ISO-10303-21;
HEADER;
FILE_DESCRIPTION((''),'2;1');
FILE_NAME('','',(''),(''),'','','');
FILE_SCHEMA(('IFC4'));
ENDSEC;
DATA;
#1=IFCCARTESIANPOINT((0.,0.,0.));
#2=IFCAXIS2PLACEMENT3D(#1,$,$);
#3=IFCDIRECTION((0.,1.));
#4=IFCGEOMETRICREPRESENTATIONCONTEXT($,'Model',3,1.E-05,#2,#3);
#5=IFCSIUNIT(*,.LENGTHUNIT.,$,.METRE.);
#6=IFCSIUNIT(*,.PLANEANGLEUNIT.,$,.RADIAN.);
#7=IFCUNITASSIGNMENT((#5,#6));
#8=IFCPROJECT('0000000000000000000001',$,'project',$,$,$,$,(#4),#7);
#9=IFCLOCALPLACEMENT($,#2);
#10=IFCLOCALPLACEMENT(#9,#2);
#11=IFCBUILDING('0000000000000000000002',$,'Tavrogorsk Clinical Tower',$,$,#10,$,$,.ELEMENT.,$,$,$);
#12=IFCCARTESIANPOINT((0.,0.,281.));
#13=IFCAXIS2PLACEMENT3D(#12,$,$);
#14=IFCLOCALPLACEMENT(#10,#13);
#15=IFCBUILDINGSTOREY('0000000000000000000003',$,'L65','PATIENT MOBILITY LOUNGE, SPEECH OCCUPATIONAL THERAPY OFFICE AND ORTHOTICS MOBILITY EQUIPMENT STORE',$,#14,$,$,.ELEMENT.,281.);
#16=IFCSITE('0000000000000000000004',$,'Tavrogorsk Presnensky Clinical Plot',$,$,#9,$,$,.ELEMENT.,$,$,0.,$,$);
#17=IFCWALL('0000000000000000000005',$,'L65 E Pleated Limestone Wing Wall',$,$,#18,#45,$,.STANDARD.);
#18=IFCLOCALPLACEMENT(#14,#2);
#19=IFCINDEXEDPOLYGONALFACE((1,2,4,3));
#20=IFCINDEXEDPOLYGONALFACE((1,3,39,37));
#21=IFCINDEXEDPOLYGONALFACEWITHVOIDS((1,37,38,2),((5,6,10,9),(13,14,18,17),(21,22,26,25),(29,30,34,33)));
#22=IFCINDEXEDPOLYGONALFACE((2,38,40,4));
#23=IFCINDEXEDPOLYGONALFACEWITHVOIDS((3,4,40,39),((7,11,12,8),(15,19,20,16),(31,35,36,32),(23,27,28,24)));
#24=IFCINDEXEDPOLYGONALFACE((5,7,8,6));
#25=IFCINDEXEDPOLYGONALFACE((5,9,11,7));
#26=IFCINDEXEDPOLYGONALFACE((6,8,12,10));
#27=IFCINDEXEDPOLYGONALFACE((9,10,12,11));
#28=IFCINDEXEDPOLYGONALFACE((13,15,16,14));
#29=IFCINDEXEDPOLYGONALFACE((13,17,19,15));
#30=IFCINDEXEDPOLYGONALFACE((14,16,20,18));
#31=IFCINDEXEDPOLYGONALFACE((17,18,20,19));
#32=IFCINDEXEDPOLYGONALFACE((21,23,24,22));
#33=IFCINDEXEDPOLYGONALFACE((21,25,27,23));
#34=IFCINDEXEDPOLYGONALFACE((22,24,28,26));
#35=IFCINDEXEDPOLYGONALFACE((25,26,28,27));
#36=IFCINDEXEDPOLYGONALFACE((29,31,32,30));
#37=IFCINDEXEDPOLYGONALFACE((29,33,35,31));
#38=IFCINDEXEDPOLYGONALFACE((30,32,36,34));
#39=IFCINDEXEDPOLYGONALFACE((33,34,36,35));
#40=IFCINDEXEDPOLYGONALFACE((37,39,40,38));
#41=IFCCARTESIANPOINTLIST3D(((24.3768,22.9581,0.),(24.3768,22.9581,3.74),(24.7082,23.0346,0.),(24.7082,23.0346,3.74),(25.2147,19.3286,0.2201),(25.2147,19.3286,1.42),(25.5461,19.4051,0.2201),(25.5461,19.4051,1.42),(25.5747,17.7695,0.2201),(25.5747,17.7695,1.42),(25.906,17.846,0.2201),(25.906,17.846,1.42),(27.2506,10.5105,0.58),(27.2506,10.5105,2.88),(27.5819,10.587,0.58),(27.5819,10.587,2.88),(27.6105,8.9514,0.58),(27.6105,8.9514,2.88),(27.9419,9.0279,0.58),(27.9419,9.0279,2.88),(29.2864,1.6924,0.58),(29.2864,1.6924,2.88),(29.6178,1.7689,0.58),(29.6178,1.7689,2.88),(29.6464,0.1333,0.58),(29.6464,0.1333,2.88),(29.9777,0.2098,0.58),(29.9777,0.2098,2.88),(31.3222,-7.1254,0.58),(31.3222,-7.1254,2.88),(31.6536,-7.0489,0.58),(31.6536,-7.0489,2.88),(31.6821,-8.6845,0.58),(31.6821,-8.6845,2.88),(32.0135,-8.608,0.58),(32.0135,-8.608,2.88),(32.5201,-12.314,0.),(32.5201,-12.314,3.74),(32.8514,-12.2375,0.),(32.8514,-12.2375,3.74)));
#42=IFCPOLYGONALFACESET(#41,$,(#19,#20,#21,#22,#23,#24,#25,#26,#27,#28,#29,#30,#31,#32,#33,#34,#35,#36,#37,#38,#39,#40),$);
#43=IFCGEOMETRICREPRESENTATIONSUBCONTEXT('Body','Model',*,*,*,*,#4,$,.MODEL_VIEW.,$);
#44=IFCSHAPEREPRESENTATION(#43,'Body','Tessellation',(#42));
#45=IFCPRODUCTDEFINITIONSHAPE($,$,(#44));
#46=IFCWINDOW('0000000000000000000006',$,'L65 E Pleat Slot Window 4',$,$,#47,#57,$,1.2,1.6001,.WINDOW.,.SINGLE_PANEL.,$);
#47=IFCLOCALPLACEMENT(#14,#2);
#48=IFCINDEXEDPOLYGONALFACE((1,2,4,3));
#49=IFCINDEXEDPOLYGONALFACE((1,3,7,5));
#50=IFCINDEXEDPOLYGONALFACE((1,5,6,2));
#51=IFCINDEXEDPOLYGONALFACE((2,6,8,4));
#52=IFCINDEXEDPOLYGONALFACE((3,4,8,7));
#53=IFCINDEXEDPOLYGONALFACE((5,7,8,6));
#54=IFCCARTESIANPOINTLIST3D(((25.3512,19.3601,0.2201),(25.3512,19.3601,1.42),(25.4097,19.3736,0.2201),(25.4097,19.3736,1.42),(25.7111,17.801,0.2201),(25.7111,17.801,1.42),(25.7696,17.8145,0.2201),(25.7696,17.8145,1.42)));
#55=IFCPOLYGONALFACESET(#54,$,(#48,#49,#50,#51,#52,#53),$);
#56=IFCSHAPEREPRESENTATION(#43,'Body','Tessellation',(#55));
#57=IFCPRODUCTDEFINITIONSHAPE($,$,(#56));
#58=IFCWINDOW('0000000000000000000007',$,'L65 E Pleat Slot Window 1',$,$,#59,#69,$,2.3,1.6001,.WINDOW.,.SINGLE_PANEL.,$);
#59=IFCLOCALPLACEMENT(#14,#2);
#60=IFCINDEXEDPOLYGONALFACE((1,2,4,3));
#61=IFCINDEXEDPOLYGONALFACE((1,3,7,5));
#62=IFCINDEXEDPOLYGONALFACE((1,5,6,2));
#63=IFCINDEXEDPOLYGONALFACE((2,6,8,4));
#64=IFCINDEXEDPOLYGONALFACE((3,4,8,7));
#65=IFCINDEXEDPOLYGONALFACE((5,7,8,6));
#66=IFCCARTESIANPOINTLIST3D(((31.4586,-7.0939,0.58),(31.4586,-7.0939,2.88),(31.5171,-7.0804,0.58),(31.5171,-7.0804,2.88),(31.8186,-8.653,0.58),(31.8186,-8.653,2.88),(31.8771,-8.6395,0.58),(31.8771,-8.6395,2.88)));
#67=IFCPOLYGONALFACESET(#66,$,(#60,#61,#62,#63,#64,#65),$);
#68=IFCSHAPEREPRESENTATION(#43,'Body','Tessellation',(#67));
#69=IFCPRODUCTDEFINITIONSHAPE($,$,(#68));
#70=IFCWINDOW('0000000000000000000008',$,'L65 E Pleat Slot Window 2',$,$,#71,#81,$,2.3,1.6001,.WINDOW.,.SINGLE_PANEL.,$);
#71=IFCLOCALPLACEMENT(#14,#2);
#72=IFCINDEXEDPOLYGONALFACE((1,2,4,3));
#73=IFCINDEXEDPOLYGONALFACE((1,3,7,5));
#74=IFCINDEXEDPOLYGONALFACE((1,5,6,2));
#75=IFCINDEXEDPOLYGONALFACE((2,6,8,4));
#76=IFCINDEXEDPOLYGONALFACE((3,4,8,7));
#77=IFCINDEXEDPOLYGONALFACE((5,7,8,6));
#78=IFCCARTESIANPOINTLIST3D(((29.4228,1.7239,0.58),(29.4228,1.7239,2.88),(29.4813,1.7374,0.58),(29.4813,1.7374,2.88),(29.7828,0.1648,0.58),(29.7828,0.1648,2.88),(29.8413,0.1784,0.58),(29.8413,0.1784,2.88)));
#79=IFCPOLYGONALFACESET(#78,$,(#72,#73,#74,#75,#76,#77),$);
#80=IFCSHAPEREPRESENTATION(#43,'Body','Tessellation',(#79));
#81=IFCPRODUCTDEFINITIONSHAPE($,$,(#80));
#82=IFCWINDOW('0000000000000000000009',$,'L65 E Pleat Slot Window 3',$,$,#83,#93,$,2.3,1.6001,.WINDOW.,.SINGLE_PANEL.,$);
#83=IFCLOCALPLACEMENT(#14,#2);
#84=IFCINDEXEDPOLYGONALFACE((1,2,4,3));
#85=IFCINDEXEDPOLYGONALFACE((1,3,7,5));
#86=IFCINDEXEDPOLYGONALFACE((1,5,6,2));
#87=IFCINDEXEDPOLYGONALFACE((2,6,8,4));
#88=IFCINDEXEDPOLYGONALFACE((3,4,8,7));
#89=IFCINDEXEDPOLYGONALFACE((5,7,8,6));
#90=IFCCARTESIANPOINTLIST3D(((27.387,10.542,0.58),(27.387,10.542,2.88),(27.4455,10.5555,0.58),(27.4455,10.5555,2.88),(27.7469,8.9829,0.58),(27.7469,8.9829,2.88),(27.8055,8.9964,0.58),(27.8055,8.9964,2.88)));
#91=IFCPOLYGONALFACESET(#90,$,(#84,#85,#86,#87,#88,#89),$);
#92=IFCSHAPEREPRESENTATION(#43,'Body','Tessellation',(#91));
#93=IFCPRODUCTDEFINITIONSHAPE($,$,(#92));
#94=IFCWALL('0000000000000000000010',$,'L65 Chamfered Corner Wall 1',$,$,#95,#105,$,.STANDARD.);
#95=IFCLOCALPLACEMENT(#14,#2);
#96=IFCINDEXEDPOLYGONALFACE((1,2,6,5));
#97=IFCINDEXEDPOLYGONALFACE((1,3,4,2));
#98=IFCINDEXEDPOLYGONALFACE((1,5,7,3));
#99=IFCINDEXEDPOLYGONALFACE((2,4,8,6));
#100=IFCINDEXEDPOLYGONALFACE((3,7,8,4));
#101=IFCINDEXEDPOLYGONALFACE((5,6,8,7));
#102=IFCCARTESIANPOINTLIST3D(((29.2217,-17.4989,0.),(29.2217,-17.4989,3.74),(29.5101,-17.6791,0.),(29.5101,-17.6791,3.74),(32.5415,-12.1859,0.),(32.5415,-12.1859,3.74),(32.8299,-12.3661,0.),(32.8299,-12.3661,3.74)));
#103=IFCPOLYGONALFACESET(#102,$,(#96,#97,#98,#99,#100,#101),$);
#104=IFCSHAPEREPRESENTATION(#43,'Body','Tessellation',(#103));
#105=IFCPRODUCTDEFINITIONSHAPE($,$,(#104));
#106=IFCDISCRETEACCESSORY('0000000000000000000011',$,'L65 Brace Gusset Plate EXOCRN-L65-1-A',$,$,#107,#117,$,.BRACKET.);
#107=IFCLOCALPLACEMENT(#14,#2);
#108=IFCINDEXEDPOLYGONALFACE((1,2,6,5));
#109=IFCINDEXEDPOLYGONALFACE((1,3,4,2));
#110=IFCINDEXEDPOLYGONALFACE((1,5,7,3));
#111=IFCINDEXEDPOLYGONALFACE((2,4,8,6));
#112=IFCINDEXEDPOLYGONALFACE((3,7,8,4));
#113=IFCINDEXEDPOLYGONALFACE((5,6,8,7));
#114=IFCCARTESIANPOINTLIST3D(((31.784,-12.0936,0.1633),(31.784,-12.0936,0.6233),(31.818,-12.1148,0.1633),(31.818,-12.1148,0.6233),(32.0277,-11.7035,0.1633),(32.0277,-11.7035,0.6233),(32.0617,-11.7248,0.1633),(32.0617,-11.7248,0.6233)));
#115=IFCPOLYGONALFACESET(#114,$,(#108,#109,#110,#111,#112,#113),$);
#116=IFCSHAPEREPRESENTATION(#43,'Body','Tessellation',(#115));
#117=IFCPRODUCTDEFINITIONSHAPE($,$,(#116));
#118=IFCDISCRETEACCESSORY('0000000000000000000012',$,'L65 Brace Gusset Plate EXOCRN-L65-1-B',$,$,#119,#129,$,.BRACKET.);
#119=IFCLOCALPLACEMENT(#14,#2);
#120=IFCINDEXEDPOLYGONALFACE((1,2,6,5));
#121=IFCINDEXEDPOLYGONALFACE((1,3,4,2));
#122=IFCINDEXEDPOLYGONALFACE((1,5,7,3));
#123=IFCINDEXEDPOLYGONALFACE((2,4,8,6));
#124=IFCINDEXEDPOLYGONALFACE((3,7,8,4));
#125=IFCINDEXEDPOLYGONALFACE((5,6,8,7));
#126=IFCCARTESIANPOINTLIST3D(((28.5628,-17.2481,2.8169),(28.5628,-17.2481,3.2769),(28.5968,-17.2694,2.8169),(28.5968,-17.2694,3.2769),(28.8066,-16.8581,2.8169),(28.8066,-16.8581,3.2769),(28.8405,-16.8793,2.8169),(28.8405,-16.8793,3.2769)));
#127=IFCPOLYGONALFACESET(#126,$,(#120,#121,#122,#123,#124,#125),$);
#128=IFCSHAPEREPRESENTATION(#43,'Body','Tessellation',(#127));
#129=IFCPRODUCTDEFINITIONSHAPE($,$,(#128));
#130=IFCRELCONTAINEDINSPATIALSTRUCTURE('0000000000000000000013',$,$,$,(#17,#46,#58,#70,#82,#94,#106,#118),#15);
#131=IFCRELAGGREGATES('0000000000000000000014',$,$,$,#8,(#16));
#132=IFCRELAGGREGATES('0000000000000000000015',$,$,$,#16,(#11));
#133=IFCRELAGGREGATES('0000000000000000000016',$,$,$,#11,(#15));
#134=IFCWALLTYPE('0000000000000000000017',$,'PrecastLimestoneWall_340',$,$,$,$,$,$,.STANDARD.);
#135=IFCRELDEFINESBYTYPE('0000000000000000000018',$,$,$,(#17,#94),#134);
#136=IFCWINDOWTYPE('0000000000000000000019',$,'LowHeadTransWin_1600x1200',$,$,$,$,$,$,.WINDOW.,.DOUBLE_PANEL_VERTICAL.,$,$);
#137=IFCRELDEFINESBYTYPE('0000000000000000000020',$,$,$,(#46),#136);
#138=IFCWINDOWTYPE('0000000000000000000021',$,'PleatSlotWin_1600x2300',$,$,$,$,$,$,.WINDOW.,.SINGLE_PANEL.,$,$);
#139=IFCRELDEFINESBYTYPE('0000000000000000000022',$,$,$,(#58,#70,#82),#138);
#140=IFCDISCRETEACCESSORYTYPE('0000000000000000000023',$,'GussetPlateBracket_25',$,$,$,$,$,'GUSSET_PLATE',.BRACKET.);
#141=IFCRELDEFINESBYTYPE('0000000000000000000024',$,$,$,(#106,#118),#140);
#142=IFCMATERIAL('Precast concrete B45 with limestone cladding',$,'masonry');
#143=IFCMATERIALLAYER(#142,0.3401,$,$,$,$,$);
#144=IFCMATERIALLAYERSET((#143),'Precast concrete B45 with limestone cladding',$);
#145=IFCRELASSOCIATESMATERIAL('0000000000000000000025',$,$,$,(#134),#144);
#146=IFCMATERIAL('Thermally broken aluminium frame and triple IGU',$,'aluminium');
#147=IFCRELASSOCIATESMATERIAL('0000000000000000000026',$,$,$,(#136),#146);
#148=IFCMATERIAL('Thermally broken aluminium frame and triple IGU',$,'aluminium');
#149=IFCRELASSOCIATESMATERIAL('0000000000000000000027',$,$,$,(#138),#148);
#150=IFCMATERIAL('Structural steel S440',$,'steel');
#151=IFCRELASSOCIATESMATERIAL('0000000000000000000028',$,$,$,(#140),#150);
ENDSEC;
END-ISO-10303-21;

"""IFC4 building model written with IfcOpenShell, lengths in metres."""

from ifc_helpers import new_model, si_unit, direction, frame, frame_2d, origin, origin_2d, place, context, subcontext, project, spatial, rectangle, extrude, material, layer, layer_set, type_object, element, fill, save


model = new_model("IFC4")

# Units and contexts
model_context = context("Model", 3, precision=1e-05, world=origin(), true_north=direction((0.0, 1.0)))
body_context = subcontext(model_context, "Body", "Model", "MODEL_VIEW")
ifc_project = project(units=[si_unit("LENGTHUNIT", "METRE"), si_unit("PLANEANGLEUNIT", "RADIAN")], contexts=[model_context])

# Site, building, storey
site_placement = place(None, origin())
site = spatial("IfcSite", under=ifc_project, at=site_placement, Name="Tavrogorsk Presnensky Clinical Plot", CompositionType="ELEMENT", RefElevation=0.0)
building_placement = place(site_placement, origin())
building = spatial("IfcBuilding", under=site, at=building_placement, Name="Tavrogorsk Clinical Tower", CompositionType="ELEMENT")
storey_placement = place(building_placement, frame((0.0, 0.0, 281.0)))
storey = spatial("IfcBuildingStorey", under=building, at=storey_placement, Name="L65", Description="PATIENT MOBILITY LOUNGE, SPEECH OCCUPATIONAL THERAPY OFFICE AND ORTHOTICS MOBILITY EQUIPMENT STORE", CompositionType="ELEMENT", Elevation=281.0)

# Wall, openings, windows
ifc_material_1 = material(Name="Precast concrete B45 with limestone cladding", Category="masonry")
ifc_layer_1 = layer(ifc_material_1, 0.3401)
ifc_layer_set_1 = layer_set([ifc_layer_1], Name="Precast concrete B45 with limestone cladding")
wall_type_1 = type_object("IfcWallType", Name="PrecastLimestoneWall_340", PredefinedType="STANDARD", material=ifc_layer_set_1)
wall_1_placement = place(storey_placement, frame((32.6858, -12.2759, 0.0), z_axis=(0.0, 0.0, 1.0), x_axis=(-0.224953, 0.97437, 0.0)))
wall_1 = element("IfcWall", 1, at=wall_1_placement, inside=storey, type_object=wall_type_1, Name="L65 E Pleated Limestone Wing Wall", PredefinedType="STANDARD", context=body_context, shape_type="SweptSolid", body=[
    extrude(rectangle(XDim=36.2, YDim=0.3401, at=frame_2d((18.1001, 0.0))), origin(), (0.0, 0.0, 1.0), 3.74),
])
opening_1_placement = place(wall_1_placement, frame((3.7251, 0.0, 0.5801)))
opening_1 = element("IfcOpeningElement", 2, at=opening_1_placement, cuts=wall_1, PredefinedType="OPENING", context=body_context, shape_type="SweptSolid", body=[
    extrude(rectangle(XDim=1.6001, YDim=2.3, at=frame_2d((0.8, 1.1499))), frame((0.0, 0.1799, 0.0), z_axis=(0.0, -1.0, 0.0), x_axis=(1.0, 0.0, 0.0)), (0.0, 0.0, 1.0), 0.3601),
])
opening_2_placement = place(wall_1_placement, frame((12.7749, 0.0, 0.5801)))
opening_2 = element("IfcOpeningElement", 3, at=opening_2_placement, cuts=wall_1, PredefinedType="OPENING", context=body_context, shape_type="SweptSolid", body=[
    extrude(rectangle(XDim=1.6001, YDim=2.3, at=frame_2d((0.8, 1.1499))), frame((0.0, 0.1799, 0.0), z_axis=(0.0, -1.0, 0.0), x_axis=(1.0, 0.0, 0.0)), (0.0, 0.0, 1.0), 0.3601),
])
opening_3_placement = place(wall_1_placement, frame((21.825, 0.0, 0.5801)))
opening_3 = element("IfcOpeningElement", 4, at=opening_3_placement, cuts=wall_1, PredefinedType="OPENING", context=body_context, shape_type="SweptSolid", body=[
    extrude(rectangle(XDim=1.6001, YDim=2.3, at=frame_2d((0.8, 1.1499))), frame((0.0, 0.1799, 0.0), z_axis=(0.0, -1.0, 0.0), x_axis=(1.0, 0.0, 0.0)), (0.0, 0.0, 1.0), 0.3601),
])
opening_4_placement = place(wall_1_placement, frame((30.875, 0.0, 0.22)))
opening_4 = element("IfcOpeningElement", 5, at=opening_4_placement, cuts=wall_1, PredefinedType="OPENING", context=body_context, shape_type="SweptSolid", body=[
    extrude(rectangle(XDim=1.6001, YDim=1.2, at=frame_2d((0.8, 0.6001))), frame((0.0, 0.1799, 0.0), z_axis=(0.0, -1.0, 0.0), x_axis=(1.0, 0.0, 0.0)), (0.0, 0.0, 1.0), 0.3601),
])
ifc_material_2 = material(Name="Thermally broken aluminium frame and triple IGU", Category="aluminium")
window_type_1 = type_object("IfcWindowType", Name="LowHeadTransWin_1600x1200", PartitioningType="DOUBLE_PANEL_VERTICAL", PredefinedType="WINDOW", material=ifc_material_2)
window_1_placement = place(opening_4_placement, origin())
window_1 = element("IfcWindow", 6, at=window_1_placement, inside=storey, type_object=window_type_1, Name="L65 E Pleat Slot Window 4", OverallHeight=1.2, OverallWidth=1.6001, PartitioningType="SINGLE_PANEL", PredefinedType="WINDOW", context=body_context, shape_type="SweptSolid", body=[
    extrude(rectangle(XDim=1.6001, YDim=1.2, at=frame_2d((0.8, 0.6001))), frame((0.0, 0.03, 0.0), z_axis=(0.0, -1.0, 0.0), x_axis=(1.0, 0.0, 0.0)), (0.0, 0.0, 1.0), 0.0601),
])
fill(opening_4, window_1)
ifc_material_3 = material(Name="Thermally broken aluminium frame and triple IGU", Category="aluminium")
window_type_2 = type_object("IfcWindowType", Name="PleatSlotWin_1600x2300", PartitioningType="SINGLE_PANEL", PredefinedType="WINDOW", material=ifc_material_3)
window_2_placement = place(opening_1_placement, origin())
window_2 = element("IfcWindow", 7, at=window_2_placement, inside=storey, type_object=window_type_2, Name="L65 E Pleat Slot Window 1", OverallHeight=2.3, OverallWidth=1.6001, PartitioningType="SINGLE_PANEL", PredefinedType="WINDOW", context=body_context, shape_type="SweptSolid", body=[
    extrude(rectangle(XDim=1.6001, YDim=2.3, at=frame_2d((0.8, 1.1499))), frame((0.0, 0.03, 0.0), z_axis=(0.0, -1.0, 0.0), x_axis=(1.0, 0.0, 0.0)), (0.0, 0.0, 1.0), 0.0601),
])
fill(opening_1, window_2)
window_3_placement = place(opening_2_placement, origin())
window_3 = element("IfcWindow", 8, at=window_3_placement, inside=storey, type_object=window_type_2, Name="L65 E Pleat Slot Window 2", OverallHeight=2.3, OverallWidth=1.6001, PartitioningType="SINGLE_PANEL", PredefinedType="WINDOW", context=body_context, shape_type="SweptSolid", body=[
    extrude(rectangle(XDim=1.6001, YDim=2.3, at=frame_2d((0.8, 1.1499))), frame((0.0, 0.03, 0.0), z_axis=(0.0, -1.0, 0.0), x_axis=(1.0, 0.0, 0.0)), (0.0, 0.0, 1.0), 0.0601),
])
fill(opening_2, window_3)
window_4_placement = place(opening_3_placement, origin())
window_4 = element("IfcWindow", 9, at=window_4_placement, inside=storey, type_object=window_type_2, Name="L65 E Pleat Slot Window 3", OverallHeight=2.3, OverallWidth=1.6001, PartitioningType="SINGLE_PANEL", PredefinedType="WINDOW", context=body_context, shape_type="SweptSolid", body=[
    extrude(rectangle(XDim=1.6001, YDim=2.3, at=frame_2d((0.8, 1.1499))), frame((0.0, 0.03, 0.0), z_axis=(0.0, -1.0, 0.0), x_axis=(1.0, 0.0, 0.0)), (0.0, 0.0, 1.0), 0.0601),
])
fill(opening_3, window_4)

# Wall
wall_2_placement = place(storey_placement, frame((29.366, -17.5889, 0.0), z_axis=(0.0, 0.0, 1.0), x_axis=(0.529908, 0.848055, 0.0)))
element("IfcWall", 10, at=wall_2_placement, inside=storey, type_object=wall_type_1, Name="L65 Chamfered Corner Wall 1", PredefinedType="STANDARD", context=body_context, shape_type="SweptSolid", body=[
    extrude(rectangle(XDim=6.2649, YDim=0.3401, at=frame_2d((3.1323, 0.0))), origin(), (0.0, 0.0, 1.0), 3.74),
])

# Discrete accessories
ifc_material_4 = material(Name="Structural steel S440", Category="steel")
discrete_accessory_type = type_object("IfcDiscreteAccessoryType", Name="GussetPlateBracket_25", ElementType="GUSSET_PLATE", PredefinedType="BRACKET", material=ifc_material_4)
for number, where, z_axis, x_axis, name in (
    (11, (31.9229, -11.9092, 0.1633), (0.0, 0.0, 1.0), (-0.529919, -0.848048, 0.0), "L65 Brace Gusset Plate EXOCRN-L65-1-A"),
    (12, (28.7017, -17.0637, 2.8169), (0.0, 0.0, 1.0), (-0.529919, -0.848048, 0.0), "L65 Brace Gusset Plate EXOCRN-L65-1-B"),
):
    element("IfcDiscreteAccessory", number, at=place(storey_placement, frame(where, z_axis=z_axis, x_axis=x_axis)), inside=storey, type_object=discrete_accessory_type, Name=name, PredefinedType="BRACKET", context=body_context, shape_type="SweptSolid", body=[
        extrude(rectangle(XDim=0.46, YDim=0.04, at=origin_2d()), origin(), (0.0, 0.0, 1.0), 0.46),
    ])

save(model, "model.ifc")
